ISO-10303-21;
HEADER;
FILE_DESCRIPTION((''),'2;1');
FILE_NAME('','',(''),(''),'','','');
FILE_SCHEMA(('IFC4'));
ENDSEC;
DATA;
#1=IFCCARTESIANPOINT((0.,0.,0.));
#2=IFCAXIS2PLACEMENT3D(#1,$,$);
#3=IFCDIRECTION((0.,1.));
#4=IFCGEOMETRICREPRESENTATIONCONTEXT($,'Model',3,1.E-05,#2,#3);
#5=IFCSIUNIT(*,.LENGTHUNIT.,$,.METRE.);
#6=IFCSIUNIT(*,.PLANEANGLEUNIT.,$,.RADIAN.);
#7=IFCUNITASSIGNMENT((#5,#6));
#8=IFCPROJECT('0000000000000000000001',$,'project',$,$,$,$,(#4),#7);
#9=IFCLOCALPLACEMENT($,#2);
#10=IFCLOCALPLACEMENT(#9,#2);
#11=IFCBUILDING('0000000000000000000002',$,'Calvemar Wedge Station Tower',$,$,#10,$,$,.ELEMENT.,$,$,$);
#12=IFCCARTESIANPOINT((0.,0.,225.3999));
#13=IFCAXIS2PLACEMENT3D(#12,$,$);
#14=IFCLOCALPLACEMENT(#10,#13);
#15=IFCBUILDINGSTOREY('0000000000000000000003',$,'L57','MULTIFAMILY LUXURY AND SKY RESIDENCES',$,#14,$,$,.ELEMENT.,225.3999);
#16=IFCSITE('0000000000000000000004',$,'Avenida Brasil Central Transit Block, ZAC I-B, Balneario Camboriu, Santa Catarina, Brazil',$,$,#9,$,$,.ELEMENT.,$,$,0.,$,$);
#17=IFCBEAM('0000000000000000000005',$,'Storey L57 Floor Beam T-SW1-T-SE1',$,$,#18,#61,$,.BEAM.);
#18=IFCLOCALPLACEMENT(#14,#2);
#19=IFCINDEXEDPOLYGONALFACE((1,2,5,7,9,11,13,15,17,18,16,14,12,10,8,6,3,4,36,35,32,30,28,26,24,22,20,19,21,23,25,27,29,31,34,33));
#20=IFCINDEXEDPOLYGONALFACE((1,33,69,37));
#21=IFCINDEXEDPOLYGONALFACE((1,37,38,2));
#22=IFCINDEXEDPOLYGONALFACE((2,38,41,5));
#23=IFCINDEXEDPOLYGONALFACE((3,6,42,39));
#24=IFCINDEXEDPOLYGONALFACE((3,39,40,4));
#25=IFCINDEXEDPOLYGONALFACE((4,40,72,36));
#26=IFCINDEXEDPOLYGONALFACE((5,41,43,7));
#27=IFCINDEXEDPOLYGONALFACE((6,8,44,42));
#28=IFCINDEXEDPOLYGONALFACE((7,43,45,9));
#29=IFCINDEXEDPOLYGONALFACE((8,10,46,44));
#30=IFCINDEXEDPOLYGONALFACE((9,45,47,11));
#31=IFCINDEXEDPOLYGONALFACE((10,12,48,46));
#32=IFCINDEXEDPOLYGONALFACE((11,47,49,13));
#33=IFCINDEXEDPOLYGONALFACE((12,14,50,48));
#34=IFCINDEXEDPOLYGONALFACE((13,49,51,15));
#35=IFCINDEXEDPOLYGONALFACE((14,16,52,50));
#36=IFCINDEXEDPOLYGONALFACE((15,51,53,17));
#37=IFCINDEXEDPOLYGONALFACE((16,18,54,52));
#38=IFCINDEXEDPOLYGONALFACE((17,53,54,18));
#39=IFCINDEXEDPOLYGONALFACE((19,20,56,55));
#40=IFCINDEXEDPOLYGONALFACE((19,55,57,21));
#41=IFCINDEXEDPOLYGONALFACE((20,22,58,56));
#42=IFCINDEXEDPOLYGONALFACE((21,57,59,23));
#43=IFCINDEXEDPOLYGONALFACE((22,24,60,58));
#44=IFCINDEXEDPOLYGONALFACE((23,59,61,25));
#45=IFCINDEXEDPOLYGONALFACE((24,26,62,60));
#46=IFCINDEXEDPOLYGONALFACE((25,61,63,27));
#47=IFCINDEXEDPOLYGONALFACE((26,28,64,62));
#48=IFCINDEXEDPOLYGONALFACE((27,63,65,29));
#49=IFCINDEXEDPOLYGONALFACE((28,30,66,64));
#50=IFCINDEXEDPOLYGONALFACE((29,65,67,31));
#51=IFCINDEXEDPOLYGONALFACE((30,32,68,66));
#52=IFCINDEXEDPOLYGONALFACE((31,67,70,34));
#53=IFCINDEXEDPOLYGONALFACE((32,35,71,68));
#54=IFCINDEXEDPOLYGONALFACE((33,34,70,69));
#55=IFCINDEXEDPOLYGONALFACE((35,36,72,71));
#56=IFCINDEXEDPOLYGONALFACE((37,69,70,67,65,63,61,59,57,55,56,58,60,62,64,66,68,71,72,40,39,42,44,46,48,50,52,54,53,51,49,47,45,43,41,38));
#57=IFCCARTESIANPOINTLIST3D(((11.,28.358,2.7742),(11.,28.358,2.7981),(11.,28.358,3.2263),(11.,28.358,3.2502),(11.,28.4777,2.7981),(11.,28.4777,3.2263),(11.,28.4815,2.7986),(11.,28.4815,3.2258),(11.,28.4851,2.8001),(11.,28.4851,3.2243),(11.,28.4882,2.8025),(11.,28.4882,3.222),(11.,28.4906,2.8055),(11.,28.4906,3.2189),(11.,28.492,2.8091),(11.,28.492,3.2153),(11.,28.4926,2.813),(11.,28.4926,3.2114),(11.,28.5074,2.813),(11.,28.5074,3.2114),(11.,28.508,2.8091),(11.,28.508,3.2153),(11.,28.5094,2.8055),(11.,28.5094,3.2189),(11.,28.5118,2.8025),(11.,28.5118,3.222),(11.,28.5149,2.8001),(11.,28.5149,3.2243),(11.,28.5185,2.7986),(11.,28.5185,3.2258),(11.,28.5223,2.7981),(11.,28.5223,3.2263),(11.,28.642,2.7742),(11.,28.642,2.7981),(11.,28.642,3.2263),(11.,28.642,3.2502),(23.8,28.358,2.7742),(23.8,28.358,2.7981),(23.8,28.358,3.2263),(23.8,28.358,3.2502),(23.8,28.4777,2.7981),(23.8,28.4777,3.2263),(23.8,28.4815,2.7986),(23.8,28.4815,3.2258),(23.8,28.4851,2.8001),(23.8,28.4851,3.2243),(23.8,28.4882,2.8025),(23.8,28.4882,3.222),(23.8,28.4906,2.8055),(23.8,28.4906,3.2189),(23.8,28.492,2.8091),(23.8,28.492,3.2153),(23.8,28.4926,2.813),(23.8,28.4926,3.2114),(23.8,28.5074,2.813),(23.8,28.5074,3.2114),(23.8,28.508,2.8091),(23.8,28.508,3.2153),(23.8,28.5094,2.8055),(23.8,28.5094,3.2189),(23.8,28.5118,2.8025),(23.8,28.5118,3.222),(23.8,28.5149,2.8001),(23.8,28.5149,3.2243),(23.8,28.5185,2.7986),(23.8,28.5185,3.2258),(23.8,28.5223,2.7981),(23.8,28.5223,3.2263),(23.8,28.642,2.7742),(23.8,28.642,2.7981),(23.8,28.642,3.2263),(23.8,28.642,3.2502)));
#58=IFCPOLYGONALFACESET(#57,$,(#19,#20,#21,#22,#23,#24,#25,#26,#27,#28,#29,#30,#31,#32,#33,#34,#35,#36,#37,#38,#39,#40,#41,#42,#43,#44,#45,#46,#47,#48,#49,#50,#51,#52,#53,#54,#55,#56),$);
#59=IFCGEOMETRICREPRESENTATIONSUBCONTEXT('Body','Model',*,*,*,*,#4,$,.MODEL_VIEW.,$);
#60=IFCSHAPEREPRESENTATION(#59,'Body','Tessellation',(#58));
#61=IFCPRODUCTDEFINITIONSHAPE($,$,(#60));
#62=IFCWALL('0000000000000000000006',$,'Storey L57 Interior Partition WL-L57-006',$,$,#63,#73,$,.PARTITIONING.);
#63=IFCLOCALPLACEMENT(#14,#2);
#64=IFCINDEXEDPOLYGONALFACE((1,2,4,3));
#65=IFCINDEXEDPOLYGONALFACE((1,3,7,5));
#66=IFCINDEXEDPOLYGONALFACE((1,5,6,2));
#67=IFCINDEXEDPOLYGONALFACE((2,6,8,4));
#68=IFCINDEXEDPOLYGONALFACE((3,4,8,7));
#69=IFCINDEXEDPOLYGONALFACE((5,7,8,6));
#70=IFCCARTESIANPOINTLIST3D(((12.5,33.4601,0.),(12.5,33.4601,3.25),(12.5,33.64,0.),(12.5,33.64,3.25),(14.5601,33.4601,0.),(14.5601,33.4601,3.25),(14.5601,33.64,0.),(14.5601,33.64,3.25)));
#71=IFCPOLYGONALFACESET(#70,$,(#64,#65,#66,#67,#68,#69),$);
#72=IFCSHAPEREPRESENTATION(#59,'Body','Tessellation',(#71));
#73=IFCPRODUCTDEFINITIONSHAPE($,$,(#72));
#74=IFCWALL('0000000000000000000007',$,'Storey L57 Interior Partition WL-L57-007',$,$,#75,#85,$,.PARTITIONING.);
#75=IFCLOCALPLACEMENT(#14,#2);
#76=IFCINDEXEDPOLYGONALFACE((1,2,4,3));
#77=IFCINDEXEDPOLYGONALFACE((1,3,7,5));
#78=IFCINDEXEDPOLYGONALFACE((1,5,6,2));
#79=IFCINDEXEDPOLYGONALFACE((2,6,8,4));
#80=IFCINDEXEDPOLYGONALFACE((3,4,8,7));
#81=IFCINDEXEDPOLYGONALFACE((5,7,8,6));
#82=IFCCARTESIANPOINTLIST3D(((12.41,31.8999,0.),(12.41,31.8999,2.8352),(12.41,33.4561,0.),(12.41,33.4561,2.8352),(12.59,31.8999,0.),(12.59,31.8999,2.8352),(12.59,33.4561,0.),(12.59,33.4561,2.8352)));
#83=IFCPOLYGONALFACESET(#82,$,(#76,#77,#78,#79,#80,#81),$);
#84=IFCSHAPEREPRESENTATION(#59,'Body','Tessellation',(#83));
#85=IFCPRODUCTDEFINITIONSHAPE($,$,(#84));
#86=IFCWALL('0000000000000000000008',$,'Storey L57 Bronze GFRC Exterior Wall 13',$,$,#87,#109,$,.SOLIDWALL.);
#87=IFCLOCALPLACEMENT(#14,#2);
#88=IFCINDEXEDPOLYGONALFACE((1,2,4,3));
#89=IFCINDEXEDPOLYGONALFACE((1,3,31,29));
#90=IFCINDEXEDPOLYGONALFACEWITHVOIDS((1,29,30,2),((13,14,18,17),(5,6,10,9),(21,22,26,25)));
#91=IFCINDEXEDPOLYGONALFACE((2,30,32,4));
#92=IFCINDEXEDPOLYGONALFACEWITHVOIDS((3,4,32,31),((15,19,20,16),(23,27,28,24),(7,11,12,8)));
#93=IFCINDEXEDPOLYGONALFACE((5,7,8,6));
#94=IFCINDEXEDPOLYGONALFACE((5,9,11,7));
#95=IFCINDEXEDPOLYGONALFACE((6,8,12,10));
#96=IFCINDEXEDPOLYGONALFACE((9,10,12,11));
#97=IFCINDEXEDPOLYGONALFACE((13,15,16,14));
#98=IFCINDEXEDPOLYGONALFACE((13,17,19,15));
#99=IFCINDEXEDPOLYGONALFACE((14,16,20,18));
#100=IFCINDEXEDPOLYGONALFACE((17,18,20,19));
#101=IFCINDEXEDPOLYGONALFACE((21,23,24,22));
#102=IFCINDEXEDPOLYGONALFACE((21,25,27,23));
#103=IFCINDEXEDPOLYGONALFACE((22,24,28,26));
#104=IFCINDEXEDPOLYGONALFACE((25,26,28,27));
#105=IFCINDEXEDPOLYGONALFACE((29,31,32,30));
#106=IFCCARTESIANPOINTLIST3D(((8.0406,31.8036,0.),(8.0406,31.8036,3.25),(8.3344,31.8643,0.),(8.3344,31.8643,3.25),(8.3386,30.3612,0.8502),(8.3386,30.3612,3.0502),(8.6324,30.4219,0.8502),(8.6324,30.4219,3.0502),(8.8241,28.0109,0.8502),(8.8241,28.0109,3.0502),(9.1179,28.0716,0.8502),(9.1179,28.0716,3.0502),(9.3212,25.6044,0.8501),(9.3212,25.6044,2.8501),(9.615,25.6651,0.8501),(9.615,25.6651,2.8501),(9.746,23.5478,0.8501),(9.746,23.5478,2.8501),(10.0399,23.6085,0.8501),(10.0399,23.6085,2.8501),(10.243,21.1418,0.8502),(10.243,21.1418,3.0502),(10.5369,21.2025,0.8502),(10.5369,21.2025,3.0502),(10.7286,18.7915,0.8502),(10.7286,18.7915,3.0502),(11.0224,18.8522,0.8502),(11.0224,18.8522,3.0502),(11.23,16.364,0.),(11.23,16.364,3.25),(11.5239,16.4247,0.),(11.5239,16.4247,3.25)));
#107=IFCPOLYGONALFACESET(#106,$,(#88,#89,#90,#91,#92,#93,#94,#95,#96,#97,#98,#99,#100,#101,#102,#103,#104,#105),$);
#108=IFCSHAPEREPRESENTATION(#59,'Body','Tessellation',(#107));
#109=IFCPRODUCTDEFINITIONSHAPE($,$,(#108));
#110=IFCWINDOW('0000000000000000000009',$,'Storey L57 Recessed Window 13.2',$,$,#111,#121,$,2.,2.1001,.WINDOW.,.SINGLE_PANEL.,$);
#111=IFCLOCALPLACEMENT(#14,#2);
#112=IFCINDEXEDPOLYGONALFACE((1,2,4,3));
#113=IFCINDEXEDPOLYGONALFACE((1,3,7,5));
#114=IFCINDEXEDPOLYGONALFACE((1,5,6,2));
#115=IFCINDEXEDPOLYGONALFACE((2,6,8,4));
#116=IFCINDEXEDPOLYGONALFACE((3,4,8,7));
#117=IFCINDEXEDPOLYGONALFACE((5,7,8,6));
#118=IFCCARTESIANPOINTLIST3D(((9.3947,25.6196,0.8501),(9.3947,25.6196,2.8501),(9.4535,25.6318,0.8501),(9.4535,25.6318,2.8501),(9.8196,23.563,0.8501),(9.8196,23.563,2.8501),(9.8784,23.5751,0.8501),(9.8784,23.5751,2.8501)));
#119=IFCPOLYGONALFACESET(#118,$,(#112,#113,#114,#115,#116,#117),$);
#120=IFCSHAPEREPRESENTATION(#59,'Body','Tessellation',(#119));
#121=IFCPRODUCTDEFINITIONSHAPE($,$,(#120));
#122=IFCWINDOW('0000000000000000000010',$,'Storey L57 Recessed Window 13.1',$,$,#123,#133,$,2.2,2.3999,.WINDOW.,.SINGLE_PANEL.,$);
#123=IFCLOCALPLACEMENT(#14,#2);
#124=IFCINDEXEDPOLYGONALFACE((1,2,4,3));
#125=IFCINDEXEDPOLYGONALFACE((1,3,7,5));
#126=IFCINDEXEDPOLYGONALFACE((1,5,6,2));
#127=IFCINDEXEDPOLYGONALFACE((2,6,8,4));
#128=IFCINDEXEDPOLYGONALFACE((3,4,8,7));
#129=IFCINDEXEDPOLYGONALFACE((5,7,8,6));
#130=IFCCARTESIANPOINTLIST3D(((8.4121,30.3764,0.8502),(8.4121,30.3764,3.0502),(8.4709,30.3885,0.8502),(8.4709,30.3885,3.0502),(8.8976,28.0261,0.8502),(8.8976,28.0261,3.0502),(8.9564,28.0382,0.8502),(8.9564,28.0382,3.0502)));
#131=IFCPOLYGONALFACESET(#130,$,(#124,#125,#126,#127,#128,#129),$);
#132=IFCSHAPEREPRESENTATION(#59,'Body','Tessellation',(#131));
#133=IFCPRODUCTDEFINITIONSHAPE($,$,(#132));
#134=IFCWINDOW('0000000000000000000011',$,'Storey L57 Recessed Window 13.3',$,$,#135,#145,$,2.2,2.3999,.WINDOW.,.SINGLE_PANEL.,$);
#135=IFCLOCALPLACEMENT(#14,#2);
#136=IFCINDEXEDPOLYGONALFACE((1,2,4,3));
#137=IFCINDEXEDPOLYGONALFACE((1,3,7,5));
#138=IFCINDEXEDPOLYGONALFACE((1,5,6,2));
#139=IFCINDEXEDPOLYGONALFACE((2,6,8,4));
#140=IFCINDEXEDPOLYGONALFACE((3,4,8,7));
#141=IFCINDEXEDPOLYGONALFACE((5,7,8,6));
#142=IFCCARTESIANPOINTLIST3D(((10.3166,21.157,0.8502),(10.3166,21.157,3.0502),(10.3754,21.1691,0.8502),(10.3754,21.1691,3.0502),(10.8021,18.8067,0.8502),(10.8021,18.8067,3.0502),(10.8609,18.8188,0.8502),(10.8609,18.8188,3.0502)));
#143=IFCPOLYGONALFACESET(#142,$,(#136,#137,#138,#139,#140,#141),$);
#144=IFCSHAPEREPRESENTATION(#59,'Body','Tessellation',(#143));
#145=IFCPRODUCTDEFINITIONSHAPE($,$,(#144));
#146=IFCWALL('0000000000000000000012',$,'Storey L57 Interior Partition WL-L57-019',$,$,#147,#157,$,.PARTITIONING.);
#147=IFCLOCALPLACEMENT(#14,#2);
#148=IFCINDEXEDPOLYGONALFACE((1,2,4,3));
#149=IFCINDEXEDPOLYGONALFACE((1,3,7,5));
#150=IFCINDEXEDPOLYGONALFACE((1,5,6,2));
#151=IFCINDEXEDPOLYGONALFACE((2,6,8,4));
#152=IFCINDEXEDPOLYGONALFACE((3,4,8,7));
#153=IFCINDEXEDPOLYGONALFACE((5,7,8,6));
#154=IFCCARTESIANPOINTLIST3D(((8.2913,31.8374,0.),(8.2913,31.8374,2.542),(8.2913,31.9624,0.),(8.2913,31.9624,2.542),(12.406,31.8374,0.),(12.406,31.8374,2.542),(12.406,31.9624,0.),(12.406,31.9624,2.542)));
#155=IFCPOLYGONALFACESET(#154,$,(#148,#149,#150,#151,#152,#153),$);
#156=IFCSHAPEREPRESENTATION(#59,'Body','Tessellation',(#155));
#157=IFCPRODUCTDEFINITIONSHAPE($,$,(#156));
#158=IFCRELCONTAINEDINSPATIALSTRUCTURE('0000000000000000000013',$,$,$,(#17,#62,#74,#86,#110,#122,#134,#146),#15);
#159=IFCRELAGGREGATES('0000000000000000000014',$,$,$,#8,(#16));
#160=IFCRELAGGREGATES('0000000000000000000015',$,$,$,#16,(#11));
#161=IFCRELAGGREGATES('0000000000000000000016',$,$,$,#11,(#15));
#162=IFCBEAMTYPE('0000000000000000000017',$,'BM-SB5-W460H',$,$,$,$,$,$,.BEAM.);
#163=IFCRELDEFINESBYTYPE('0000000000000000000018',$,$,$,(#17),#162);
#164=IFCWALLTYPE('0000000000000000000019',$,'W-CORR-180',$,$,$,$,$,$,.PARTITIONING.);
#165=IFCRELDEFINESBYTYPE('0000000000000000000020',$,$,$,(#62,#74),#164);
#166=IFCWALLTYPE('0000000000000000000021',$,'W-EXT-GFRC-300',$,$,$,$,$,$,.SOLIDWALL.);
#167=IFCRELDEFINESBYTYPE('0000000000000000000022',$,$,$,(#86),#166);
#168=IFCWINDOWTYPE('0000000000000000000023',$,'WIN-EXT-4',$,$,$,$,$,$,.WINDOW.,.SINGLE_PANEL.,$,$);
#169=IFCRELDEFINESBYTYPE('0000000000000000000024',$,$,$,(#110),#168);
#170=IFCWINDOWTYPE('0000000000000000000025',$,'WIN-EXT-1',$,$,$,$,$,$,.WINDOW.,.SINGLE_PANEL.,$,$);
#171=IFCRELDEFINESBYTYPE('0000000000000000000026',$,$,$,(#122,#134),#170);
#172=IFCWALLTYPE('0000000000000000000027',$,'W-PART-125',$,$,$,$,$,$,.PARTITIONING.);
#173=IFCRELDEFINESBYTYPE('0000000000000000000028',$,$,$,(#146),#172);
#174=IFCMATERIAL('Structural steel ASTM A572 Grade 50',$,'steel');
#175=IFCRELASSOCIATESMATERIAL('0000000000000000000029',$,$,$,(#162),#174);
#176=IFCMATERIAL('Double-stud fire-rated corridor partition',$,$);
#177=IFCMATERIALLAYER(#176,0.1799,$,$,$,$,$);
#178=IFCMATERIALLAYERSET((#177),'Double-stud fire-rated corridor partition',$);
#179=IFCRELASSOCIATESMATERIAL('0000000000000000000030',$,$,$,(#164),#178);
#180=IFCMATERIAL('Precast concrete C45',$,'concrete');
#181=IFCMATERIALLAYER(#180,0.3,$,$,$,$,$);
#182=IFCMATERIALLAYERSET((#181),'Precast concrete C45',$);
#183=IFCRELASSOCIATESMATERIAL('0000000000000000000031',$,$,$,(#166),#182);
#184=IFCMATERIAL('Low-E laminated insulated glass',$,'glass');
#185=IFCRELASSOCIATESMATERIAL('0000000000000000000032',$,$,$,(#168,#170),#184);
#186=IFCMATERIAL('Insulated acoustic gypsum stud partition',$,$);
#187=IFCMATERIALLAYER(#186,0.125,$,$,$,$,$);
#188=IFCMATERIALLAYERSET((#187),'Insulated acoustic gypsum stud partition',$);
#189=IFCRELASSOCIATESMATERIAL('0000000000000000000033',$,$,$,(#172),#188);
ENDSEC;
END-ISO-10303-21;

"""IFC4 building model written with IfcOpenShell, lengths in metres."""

from ifc_helpers import new_model, si_unit, direction, frame, frame_2d, origin, origin_2d, place, context, subcontext, project, spatial, rectangle, i_section, extrude, source, transform, mapped, material, layer, layer_set, material_profile, profile_set, type_object, element, fill, save


model = new_model("IFC4")

# Units and contexts
model_context = context("Model", 3, precision=1e-05, world=origin(), true_north=direction((0.0, 1.0)))
body_context = subcontext(model_context, "Body", "Model", "MODEL_VIEW")
ifc_project = project(units=[si_unit("LENGTHUNIT", "METRE"), si_unit("PLANEANGLEUNIT", "RADIAN")], contexts=[model_context])

# Site, building, storey
site_placement = place(None, origin())
site = spatial("IfcSite", under=ifc_project, at=site_placement, Name="Avenida Brasil Central Transit Block, ZAC I-B, Balneario Camboriu, Santa Catarina, Brazil", CompositionType="ELEMENT", RefElevation=0.0)
building_placement = place(site_placement, origin())
building = spatial("IfcBuilding", under=site, at=building_placement, Name="Calvemar Wedge Station Tower", CompositionType="ELEMENT")
storey_placement = place(building_placement, frame((0.0, 0.0, 225.3999)))
storey = spatial("IfcBuildingStorey", under=building, at=storey_placement, Name="L57", Description="MULTIFAMILY LUXURY AND SKY RESIDENCES", CompositionType="ELEMENT", Elevation=225.3999)

# Beam
ifc_material_1 = material(Name="Structural steel ASTM A572 Grade 50", Category="steel")
ifc_material_profile_1 = material_profile(ifc_material_1, i_section(OverallWidth=0.2839, OverallDepth=0.4761, WebThickness=0.0149, FlangeThickness=0.0239, FilletRadius=0.0149, at=origin_2d()), Name="W460x158")
ifc_profile_set_1 = profile_set([ifc_material_profile_1], Name="Structural steel ASTM A572 Grade 50")
beam_type_1 = type_object("IfcBeamType", Name="BM-SB5-W460H", PredefinedType="BEAM", material=ifc_profile_set_1)
shared_shape_1 = source(origin(), body_context, "Body", "SweptSolid", [
    extrude(i_section(OverallWidth=0.2839, OverallDepth=0.4761, WebThickness=0.0149, FlangeThickness=0.0239, FilletRadius=0.0149, at=origin_2d()), origin(), (0.0, 0.0, 1.0), 12.8),
])
beam_1_placement = place(storey_placement, frame((11.0, 28.5, 3.0122), z_axis=(1.0, 0.0, 0.0), x_axis=(0.0, 1.0, 0.0)))
element("IfcBeam", 1, at=beam_1_placement, inside=storey, type_object=beam_type_1, Name="Storey L57 Floor Beam T-SW1-T-SE1", PredefinedType="BEAM", context=body_context, shape_type="MappedRepresentation", body=[
    mapped(shared_shape_1, transform((0.0, 0.0, 0.0), scale=1.0)),
])

# Walls
ifc_material_2 = material(Name="Double-stud fire-rated corridor partition")
ifc_layer_1 = layer(ifc_material_2, 0.1799)
ifc_layer_set_1 = layer_set([ifc_layer_1], Name="Double-stud fire-rated corridor partition")
wall_type_1 = type_object("IfcWallType", Name="W-CORR-180", PredefinedType="PARTITIONING", material=ifc_layer_set_1)
wall_1_placement = place(storey_placement, frame((12.5, 33.55, 0.0), z_axis=(0.0, 0.0, 1.0), x_axis=(1.0, 0.0, 0.0)))
element("IfcWall", 2, at=wall_1_placement, inside=storey, type_object=wall_type_1, Name="Storey L57 Interior Partition WL-L57-006", PredefinedType="PARTITIONING", context=body_context, shape_type="SweptSolid", body=[
    extrude(rectangle(XDim=2.0601, YDim=0.1799, at=frame_2d((1.03, 0.0))), origin(), (0.0, 0.0, 1.0), 3.25),
])
wall_2_placement = place(storey_placement, frame((12.5, 31.8999, 0.0), z_axis=(0.0, 0.0, 1.0), x_axis=(0.0, 1.0, 0.0)))
element("IfcWall", 3, at=wall_2_placement, inside=storey, type_object=wall_type_1, Name="Storey L57 Interior Partition WL-L57-007", PredefinedType="PARTITIONING", context=body_context, shape_type="SweptSolid", body=[
    extrude(rectangle(XDim=1.5562, YDim=0.1799, at=frame_2d((0.7781, 0.0))), origin(), (0.0, 0.0, 1.0), 2.8352),
])

# Wall, openings, windows
ifc_material_3 = material(Name="Precast concrete C45", Category="concrete")
ifc_layer_2 = layer(ifc_material_3, 0.3)
ifc_layer_set_2 = layer_set([ifc_layer_2], Name="Precast concrete C45")
wall_type_2 = type_object("IfcWallType", Name="W-EXT-GFRC-300", PredefinedType="SOLIDWALL", material=ifc_layer_set_2)
wall_3_placement = place(storey_placement, frame((8.1875, 31.834, 0.0), z_axis=(0.0, 0.0, 1.0), x_axis=(0.202303, -0.979323, 0.0)))
wall_3 = element("IfcWall", 4, at=wall_3_placement, inside=storey, type_object=wall_type_2, Name="Storey L57 Bronze GFRC Exterior Wall 13", PredefinedType="SOLIDWALL", context=body_context, shape_type="SweptSolid", body=[
    extrude(rectangle(XDim=15.7656, YDim=0.3, at=frame_2d((7.8828, 0.0))), origin(), (0.0, 0.0, 1.0), 3.25),
])
shared_shape_2 = source(origin(), body_context, "Body", "SweptSolid", [
    extrude(rectangle(XDim=2.3999, YDim=2.2, at=frame_2d((1.2, 1.1001))), frame((0.0, 0.1602, 0.0), z_axis=(0.0, -1.0, 0.0), x_axis=(1.0, 0.0, 0.0)), (0.0, 0.0, 1.0), 0.3201),
])
opening_1_placement = place(wall_3_placement, frame((1.4729, 0.0, 0.8501)))
opening_1 = element("IfcOpeningElement", 5, at=opening_1_placement, cuts=wall_3, PredefinedType="OPENING", context=body_context, shape_type="MappedRepresentation", body=[
    mapped(shared_shape_2, transform((0.0, 0.0, 0.0), scale=1.0)),
])
shared_shape_3 = source(origin(), body_context, "Body", "SweptSolid", [
    extrude(rectangle(XDim=2.1001, YDim=2.0, at=frame_2d((1.05, 1.0))), frame((0.0, 0.1602, 0.0), z_axis=(0.0, -1.0, 0.0), x_axis=(1.0, 0.0, 0.0)), (0.0, 0.0, 1.0), 0.3201),
])
opening_2_placement = place(wall_3_placement, frame((6.3301, 0.0, 0.8501)))
opening_2 = element("IfcOpeningElement", 6, at=opening_2_placement, cuts=wall_3, PredefinedType="OPENING", context=body_context, shape_type="MappedRepresentation", body=[
    mapped(shared_shape_3, transform((0.0, 0.0, 0.0), scale=1.0)),
])
opening_3_placement = place(wall_3_placement, frame((10.887, 0.0, 0.8501)))
opening_3 = element("IfcOpeningElement", 7, at=opening_3_placement, cuts=wall_3, PredefinedType="OPENING", context=body_context, shape_type="MappedRepresentation", body=[
    mapped(shared_shape_2, transform((0.0, 0.0, 0.0), scale=1.0)),
])
ifc_material_4 = material(Name="Low-E laminated insulated glass", Category="glass")
window_type_1 = type_object("IfcWindowType", Name="WIN-EXT-4", PartitioningType="SINGLE_PANEL", PredefinedType="WINDOW", material=ifc_material_4)
shared_shape_4 = source(origin(), body_context, "Body", "SweptSolid", [
    extrude(rectangle(XDim=2.1001, YDim=2.0, at=frame_2d((1.05, 1.0))), frame((0.0, -0.0149, 0.0), z_axis=(0.0, -1.0, 0.0), x_axis=(1.0, 0.0, 0.0)), (0.0, 0.0, 1.0), 0.0601),
])
window_1_placement = place(opening_2_placement, origin())
window_1 = element("IfcWindow", 8, at=window_1_placement, inside=storey, type_object=window_type_1, Name="Storey L57 Recessed Window 13.2", OverallHeight=2.0, OverallWidth=2.1001, PartitioningType="SINGLE_PANEL", PredefinedType="WINDOW", context=body_context, shape_type="MappedRepresentation", body=[
    mapped(shared_shape_4, transform((0.0, 0.0, 0.0), scale=1.0)),
])
fill(opening_2, window_1)
window_type_2 = type_object("IfcWindowType", Name="WIN-EXT-1", PartitioningType="SINGLE_PANEL", PredefinedType="WINDOW", material=ifc_material_4)
shared_shape_5 = source(origin(), body_context, "Body", "SweptSolid", [
    extrude(rectangle(XDim=2.3999, YDim=2.2, at=frame_2d((1.2, 1.1001))), frame((0.0, -0.0149, 0.0), z_axis=(0.0, -1.0, 0.0), x_axis=(1.0, 0.0, 0.0)), (0.0, 0.0, 1.0), 0.0601),
])
window_2_placement = place(opening_1_placement, origin())
window_2 = element("IfcWindow", 9, at=window_2_placement, inside=storey, type_object=window_type_2, Name="Storey L57 Recessed Window 13.1", OverallHeight=2.2, OverallWidth=2.3999, PartitioningType="SINGLE_PANEL", PredefinedType="WINDOW", context=body_context, shape_type="MappedRepresentation", body=[
    mapped(shared_shape_5, transform((0.0, 0.0, 0.0), scale=1.0)),
])
fill(opening_1, window_2)
window_3_placement = place(opening_3_placement, origin())
window_3 = element("IfcWindow", 10, at=window_3_placement, inside=storey, type_object=window_type_2, Name="Storey L57 Recessed Window 13.3", OverallHeight=2.2, OverallWidth=2.3999, PartitioningType="SINGLE_PANEL", PredefinedType="WINDOW", context=body_context, shape_type="MappedRepresentation", body=[
    mapped(shared_shape_5, transform((0.0, 0.0, 0.0), scale=1.0)),
])
fill(opening_3, window_3)

# Wall
ifc_material_5 = material(Name="Insulated acoustic gypsum stud partition")
ifc_layer_3 = layer(ifc_material_5, 0.125)
ifc_layer_set_3 = layer_set([ifc_layer_3], Name="Insulated acoustic gypsum stud partition")
wall_type_3 = type_object("IfcWallType", Name="W-PART-125", PredefinedType="PARTITIONING", material=ifc_layer_set_3)
wall_4_placement = place(storey_placement, frame((12.406, 31.8999, 0.0), z_axis=(0.0, 0.0, 1.0), x_axis=(-1.0, 0.0, 0.0)))
element("IfcWall", 11, at=wall_4_placement, inside=storey, type_object=wall_type_3, Name="Storey L57 Interior Partition WL-L57-019", PredefinedType="PARTITIONING", context=body_context, shape_type="SweptSolid", body=[
    extrude(rectangle(XDim=4.1147, YDim=0.125, at=frame_2d((2.0574, 0.0))), origin(), (0.0, 0.0, 1.0), 2.542),
])

save(model, "model.ifc")
